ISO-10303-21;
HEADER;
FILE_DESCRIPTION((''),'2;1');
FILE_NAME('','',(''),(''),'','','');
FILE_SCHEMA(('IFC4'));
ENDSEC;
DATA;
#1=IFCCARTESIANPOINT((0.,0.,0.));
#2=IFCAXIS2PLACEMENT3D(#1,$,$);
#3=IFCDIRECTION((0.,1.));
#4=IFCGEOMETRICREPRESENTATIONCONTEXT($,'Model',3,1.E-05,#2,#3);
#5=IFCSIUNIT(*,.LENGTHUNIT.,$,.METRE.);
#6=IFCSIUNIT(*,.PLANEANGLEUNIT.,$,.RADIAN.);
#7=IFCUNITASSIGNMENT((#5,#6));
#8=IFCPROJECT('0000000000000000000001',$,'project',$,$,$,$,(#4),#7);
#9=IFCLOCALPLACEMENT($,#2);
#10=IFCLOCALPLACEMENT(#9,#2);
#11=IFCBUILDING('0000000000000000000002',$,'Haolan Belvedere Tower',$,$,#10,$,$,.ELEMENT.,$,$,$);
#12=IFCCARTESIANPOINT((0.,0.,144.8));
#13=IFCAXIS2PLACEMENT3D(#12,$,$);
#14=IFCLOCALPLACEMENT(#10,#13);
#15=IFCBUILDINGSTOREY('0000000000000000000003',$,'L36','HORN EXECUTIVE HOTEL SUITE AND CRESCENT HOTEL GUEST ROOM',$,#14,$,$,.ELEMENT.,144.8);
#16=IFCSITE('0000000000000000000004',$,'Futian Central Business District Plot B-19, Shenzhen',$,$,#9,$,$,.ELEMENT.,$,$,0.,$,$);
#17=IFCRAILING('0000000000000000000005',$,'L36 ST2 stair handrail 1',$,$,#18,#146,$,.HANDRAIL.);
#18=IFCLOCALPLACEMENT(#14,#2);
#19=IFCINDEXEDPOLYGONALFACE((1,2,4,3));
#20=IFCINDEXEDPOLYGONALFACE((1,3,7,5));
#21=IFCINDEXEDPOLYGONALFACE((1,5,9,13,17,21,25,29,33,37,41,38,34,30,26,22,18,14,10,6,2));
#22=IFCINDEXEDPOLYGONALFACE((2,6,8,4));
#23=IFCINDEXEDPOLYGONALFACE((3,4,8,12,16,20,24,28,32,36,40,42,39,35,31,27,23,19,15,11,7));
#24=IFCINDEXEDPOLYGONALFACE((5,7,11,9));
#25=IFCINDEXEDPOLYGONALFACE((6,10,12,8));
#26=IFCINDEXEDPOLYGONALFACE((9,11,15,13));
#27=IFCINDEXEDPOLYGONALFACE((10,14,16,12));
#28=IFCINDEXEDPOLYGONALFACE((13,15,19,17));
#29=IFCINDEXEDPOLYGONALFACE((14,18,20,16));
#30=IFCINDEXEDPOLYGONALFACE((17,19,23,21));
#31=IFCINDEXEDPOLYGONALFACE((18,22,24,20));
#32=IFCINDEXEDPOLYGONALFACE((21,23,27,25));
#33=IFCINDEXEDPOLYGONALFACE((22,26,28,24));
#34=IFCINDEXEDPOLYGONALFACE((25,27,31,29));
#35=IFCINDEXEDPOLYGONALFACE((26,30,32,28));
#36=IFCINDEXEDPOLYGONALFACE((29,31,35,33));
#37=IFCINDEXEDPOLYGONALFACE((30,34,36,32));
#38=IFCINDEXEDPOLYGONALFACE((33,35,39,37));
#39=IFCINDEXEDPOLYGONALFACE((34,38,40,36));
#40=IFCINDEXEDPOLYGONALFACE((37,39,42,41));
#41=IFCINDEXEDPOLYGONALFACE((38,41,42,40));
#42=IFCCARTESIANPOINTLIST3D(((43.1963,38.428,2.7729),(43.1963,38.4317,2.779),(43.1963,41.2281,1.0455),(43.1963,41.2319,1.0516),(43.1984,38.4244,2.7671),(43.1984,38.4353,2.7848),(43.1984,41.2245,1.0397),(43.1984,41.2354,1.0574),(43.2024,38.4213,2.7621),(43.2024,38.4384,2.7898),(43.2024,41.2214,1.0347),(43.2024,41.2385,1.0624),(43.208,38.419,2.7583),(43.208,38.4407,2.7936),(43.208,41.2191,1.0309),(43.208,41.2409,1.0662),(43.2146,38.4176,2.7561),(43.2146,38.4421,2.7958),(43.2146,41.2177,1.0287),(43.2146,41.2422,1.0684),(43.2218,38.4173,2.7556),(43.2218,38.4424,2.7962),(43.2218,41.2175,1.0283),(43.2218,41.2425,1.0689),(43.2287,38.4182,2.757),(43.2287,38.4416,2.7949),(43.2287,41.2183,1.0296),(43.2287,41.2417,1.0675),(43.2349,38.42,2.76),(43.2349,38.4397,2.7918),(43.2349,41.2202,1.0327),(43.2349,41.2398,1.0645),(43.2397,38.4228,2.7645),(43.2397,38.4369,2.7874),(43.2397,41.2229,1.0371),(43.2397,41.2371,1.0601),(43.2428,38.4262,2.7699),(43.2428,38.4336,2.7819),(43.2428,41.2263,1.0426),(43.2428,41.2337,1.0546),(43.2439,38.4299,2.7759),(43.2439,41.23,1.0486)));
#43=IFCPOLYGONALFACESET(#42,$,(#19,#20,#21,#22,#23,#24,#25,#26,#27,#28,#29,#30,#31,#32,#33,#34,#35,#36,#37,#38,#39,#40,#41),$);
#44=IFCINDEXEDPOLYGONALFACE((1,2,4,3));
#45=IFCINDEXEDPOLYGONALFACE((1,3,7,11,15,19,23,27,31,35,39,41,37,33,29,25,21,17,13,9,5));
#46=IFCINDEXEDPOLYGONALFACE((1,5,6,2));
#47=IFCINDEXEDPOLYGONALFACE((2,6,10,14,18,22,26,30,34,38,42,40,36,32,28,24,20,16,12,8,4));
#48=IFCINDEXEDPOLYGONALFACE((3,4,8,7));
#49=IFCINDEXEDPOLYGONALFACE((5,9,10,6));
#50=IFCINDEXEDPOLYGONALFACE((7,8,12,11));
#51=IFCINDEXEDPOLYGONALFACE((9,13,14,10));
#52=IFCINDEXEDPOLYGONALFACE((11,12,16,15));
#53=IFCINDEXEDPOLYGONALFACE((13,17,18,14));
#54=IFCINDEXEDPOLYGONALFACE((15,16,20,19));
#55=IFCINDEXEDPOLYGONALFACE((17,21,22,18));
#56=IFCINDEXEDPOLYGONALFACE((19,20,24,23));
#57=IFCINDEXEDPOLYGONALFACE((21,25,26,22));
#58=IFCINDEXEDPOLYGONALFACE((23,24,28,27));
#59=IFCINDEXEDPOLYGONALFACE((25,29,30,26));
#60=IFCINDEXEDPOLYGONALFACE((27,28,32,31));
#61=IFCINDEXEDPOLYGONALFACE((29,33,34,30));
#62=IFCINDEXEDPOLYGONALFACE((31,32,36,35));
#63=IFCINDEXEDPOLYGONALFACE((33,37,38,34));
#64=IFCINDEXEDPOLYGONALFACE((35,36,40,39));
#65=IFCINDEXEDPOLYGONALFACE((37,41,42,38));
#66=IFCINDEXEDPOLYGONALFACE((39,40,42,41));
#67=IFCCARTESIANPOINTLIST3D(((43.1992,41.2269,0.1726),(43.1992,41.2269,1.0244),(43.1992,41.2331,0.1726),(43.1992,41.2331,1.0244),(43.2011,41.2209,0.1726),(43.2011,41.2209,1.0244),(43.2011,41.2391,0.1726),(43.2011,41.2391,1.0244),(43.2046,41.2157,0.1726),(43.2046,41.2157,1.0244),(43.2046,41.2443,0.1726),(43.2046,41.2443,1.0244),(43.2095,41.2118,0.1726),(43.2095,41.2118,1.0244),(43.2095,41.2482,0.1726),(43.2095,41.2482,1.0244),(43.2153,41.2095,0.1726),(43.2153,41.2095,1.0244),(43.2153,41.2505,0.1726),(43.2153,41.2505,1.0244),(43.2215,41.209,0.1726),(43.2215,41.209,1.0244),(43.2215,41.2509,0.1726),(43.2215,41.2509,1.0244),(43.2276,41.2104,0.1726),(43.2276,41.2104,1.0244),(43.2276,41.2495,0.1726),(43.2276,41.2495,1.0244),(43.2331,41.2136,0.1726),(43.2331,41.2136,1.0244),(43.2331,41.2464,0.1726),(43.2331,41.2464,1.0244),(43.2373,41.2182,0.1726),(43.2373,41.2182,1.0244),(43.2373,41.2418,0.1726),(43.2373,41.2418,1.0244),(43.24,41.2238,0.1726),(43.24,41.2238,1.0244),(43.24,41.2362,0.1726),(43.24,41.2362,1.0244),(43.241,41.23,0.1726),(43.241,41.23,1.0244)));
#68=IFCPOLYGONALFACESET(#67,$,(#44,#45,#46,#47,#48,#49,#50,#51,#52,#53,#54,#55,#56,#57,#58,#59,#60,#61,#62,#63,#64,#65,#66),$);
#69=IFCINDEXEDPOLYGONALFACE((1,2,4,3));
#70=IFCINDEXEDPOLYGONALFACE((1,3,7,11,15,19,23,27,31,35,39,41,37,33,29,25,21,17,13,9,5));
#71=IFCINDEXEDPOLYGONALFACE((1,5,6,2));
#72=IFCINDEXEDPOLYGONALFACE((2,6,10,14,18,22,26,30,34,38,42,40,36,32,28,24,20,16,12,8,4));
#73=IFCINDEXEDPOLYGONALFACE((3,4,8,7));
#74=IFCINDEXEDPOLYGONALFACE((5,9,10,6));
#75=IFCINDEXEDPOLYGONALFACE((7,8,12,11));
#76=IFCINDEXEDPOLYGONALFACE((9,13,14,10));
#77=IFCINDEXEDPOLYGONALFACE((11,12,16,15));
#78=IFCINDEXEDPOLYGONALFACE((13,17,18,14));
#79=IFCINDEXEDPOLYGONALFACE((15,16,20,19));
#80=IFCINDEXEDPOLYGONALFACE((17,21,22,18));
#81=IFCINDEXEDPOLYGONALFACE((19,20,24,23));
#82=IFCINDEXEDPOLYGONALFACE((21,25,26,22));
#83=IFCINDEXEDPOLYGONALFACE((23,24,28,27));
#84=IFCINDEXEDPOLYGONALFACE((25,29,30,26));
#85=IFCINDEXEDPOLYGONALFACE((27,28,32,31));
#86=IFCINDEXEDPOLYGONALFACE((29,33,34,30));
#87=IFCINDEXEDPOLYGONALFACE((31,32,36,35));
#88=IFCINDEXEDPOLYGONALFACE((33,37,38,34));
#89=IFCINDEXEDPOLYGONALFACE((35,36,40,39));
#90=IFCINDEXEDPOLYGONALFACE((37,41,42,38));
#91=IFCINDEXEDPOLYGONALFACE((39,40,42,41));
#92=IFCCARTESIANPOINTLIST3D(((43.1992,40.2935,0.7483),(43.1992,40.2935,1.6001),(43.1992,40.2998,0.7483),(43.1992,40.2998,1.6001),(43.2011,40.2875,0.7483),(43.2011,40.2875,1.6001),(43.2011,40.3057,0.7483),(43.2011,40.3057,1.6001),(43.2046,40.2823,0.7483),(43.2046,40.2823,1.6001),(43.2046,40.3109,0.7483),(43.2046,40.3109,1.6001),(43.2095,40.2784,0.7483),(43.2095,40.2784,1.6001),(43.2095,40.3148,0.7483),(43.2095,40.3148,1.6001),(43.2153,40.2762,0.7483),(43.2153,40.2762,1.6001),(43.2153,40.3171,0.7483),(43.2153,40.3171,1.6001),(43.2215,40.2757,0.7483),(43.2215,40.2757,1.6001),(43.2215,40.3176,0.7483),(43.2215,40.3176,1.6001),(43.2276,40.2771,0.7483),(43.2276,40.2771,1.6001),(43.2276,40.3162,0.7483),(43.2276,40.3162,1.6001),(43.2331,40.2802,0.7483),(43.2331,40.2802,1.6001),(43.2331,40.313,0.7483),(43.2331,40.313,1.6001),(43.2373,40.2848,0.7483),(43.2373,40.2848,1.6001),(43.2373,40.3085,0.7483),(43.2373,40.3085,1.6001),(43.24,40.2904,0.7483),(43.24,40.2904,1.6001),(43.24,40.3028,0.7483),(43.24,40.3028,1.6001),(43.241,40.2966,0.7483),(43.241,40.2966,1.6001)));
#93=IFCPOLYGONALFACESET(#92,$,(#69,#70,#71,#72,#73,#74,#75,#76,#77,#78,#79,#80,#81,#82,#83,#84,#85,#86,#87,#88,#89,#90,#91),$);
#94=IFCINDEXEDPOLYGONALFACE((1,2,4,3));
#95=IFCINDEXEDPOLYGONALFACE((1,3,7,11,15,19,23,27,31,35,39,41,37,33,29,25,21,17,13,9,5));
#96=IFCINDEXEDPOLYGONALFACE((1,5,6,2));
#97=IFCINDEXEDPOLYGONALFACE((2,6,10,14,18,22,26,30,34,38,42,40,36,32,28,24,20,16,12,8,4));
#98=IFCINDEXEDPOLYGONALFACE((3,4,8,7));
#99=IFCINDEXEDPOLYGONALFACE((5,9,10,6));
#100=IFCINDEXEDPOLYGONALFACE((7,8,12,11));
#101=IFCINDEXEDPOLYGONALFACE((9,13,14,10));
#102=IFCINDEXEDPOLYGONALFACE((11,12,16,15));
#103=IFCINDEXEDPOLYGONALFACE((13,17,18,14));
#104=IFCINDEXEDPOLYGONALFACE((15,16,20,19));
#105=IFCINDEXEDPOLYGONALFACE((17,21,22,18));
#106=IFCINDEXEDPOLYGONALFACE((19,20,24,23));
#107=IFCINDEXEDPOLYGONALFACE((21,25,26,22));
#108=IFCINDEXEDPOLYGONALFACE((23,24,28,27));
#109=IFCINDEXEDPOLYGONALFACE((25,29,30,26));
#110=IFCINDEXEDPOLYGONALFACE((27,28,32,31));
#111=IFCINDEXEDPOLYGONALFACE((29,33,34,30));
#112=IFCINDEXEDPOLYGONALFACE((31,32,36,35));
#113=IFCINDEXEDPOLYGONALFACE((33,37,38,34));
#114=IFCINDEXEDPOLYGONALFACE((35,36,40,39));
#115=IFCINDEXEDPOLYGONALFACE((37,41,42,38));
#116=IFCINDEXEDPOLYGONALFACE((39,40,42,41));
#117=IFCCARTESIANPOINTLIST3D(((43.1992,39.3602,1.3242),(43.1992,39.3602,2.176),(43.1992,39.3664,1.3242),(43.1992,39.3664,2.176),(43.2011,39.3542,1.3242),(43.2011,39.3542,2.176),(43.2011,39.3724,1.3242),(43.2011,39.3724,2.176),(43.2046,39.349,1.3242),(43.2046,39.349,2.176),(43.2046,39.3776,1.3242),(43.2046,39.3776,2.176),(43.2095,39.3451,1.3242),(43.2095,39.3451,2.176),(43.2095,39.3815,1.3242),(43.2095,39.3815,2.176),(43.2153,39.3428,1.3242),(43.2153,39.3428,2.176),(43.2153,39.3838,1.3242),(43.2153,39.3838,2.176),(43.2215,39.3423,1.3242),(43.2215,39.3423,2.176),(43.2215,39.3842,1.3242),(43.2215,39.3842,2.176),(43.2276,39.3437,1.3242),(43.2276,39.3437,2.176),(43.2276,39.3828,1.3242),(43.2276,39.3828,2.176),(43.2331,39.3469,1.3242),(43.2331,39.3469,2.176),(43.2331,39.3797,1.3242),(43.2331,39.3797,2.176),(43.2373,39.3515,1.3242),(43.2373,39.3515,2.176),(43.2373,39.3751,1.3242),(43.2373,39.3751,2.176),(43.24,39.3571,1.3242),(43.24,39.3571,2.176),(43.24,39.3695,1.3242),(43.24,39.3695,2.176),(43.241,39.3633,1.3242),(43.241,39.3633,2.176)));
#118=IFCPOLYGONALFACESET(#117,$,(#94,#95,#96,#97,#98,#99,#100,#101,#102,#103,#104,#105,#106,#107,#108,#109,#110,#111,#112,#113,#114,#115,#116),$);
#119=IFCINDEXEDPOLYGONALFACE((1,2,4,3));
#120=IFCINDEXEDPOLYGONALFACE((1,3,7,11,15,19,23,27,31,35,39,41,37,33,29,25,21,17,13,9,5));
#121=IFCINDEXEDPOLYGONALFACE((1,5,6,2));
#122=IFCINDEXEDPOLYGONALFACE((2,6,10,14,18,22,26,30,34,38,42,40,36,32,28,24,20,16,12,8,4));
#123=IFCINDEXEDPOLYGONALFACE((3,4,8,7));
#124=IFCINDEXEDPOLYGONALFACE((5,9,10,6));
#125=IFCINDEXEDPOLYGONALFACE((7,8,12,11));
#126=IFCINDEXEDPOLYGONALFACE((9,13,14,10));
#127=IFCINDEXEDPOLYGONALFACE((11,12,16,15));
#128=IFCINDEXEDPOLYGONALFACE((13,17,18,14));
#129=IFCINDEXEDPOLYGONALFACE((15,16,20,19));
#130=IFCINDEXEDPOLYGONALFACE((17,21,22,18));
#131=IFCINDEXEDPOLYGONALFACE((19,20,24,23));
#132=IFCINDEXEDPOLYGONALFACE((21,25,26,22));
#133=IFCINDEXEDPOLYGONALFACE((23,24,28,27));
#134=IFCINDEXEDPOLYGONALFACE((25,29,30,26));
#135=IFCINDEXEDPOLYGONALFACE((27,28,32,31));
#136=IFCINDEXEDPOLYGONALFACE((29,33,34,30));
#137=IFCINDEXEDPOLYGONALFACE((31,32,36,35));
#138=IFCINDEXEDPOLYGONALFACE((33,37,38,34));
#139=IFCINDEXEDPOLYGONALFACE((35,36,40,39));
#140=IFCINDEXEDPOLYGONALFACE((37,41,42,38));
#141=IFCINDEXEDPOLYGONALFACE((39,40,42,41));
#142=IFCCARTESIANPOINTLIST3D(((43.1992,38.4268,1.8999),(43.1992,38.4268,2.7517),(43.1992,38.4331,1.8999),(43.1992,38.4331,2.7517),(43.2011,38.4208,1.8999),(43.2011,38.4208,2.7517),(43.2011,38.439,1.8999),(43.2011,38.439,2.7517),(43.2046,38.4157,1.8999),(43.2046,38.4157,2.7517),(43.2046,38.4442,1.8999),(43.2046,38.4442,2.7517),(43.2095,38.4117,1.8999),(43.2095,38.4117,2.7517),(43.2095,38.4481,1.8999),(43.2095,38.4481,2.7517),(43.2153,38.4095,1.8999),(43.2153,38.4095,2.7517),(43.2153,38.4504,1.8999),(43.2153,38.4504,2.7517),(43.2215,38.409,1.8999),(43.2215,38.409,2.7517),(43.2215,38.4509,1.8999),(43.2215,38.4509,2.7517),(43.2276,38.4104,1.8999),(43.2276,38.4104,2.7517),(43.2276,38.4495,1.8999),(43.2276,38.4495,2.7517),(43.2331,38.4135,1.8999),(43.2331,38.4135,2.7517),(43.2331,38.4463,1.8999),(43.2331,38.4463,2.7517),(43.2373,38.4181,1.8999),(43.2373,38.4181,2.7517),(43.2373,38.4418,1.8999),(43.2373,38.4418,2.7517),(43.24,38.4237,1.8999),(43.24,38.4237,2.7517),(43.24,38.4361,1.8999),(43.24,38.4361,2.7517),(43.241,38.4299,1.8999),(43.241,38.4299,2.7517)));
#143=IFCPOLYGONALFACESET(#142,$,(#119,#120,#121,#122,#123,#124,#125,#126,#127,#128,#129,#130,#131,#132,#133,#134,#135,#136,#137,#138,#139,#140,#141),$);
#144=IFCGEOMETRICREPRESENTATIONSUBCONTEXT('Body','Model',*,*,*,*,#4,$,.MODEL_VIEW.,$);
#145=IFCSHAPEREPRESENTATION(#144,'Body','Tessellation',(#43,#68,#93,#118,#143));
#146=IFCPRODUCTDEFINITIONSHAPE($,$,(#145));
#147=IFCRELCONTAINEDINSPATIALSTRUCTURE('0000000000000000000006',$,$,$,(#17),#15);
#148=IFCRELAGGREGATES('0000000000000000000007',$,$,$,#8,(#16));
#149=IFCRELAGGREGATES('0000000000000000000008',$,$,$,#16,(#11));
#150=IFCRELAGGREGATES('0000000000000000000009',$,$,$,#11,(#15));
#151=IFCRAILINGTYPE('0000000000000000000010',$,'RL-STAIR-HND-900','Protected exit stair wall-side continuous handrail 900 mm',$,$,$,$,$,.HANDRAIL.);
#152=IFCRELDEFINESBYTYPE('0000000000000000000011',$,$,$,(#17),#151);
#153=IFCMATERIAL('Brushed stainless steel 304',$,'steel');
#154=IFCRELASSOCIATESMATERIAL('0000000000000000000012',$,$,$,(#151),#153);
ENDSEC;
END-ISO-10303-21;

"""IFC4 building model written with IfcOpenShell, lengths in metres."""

from ifc_helpers import new_model, si_unit, direction, frame, origin, origin_2d, place, context, subcontext, project, spatial, circle, extrude, material, type_object, element, save


model = new_model("IFC4")

# Units and contexts
model_context = context("Model", 3, precision=1e-05, world=origin(), true_north=direction((0.0, 1.0)))
body_context = subcontext(model_context, "Body", "Model", "MODEL_VIEW")
ifc_project = project(units=[si_unit("LENGTHUNIT", "METRE"), si_unit("PLANEANGLEUNIT", "RADIAN")], contexts=[model_context])

# Site, building, storey
site_placement = place(None, origin())
site = spatial("IfcSite", under=ifc_project, at=site_placement, Name="Futian Central Business District Plot B-19, Shenzhen", CompositionType="ELEMENT", RefElevation=0.0)
building_placement = place(site_placement, origin())
building = spatial("IfcBuilding", under=site, at=building_placement, Name="Haolan Belvedere Tower", CompositionType="ELEMENT")
storey_placement = place(building_placement, frame((0.0, 0.0, 144.8)))
storey = spatial("IfcBuildingStorey", under=building, at=storey_placement, Name="L36", Description="HORN EXECUTIVE HOTEL SUITE AND CRESCENT HOTEL GUEST ROOM", CompositionType="ELEMENT", Elevation=144.8)

# Railing
ifc_material_1 = material(Name="Brushed stainless steel 304", Category="steel")
railing_type_1 = type_object("IfcRailingType", Name="RL-STAIR-HND-900", Description="Protected exit stair wall-side continuous handrail 900 mm", PredefinedType="HANDRAIL", material=ifc_material_1)
railing_1_placement = place(storey_placement, frame((43.22, 41.23, 0.1726)))
element("IfcRailing", 1, at=railing_1_placement, inside=storey, type_object=railing_type_1, Name="L36 ST2 stair handrail 1", PredefinedType="HANDRAIL", context=body_context, shape_type="SweptSolid", body=[
    extrude(circle(Radius=0.0239, at=origin_2d()), frame((0.0, 0.0, 0.876), z_axis=(0.0, -0.85109, 0.52502), x_axis=(1.0, 0.0, 0.0)), (0.0, 0.0, 1.0), 3.29),
    extrude(circle(Radius=0.021, at=origin_2d()), origin(), (0.0, 0.0, 1.0), 0.8518),
    extrude(circle(Radius=0.021, at=origin_2d()), frame((0.0, -0.9333, 0.5757)), (0.0, 0.0, 1.0), 0.8518),
    extrude(circle(Radius=0.021, at=origin_2d()), frame((0.0, -1.8667, 1.1516)), (0.0, 0.0, 1.0), 0.8518),
    extrude(circle(Radius=0.021, at=origin_2d()), frame((0.0, -2.8, 1.7273)), (0.0, 0.0, 1.0), 0.8518),
])

save(model, "model.ifc")
